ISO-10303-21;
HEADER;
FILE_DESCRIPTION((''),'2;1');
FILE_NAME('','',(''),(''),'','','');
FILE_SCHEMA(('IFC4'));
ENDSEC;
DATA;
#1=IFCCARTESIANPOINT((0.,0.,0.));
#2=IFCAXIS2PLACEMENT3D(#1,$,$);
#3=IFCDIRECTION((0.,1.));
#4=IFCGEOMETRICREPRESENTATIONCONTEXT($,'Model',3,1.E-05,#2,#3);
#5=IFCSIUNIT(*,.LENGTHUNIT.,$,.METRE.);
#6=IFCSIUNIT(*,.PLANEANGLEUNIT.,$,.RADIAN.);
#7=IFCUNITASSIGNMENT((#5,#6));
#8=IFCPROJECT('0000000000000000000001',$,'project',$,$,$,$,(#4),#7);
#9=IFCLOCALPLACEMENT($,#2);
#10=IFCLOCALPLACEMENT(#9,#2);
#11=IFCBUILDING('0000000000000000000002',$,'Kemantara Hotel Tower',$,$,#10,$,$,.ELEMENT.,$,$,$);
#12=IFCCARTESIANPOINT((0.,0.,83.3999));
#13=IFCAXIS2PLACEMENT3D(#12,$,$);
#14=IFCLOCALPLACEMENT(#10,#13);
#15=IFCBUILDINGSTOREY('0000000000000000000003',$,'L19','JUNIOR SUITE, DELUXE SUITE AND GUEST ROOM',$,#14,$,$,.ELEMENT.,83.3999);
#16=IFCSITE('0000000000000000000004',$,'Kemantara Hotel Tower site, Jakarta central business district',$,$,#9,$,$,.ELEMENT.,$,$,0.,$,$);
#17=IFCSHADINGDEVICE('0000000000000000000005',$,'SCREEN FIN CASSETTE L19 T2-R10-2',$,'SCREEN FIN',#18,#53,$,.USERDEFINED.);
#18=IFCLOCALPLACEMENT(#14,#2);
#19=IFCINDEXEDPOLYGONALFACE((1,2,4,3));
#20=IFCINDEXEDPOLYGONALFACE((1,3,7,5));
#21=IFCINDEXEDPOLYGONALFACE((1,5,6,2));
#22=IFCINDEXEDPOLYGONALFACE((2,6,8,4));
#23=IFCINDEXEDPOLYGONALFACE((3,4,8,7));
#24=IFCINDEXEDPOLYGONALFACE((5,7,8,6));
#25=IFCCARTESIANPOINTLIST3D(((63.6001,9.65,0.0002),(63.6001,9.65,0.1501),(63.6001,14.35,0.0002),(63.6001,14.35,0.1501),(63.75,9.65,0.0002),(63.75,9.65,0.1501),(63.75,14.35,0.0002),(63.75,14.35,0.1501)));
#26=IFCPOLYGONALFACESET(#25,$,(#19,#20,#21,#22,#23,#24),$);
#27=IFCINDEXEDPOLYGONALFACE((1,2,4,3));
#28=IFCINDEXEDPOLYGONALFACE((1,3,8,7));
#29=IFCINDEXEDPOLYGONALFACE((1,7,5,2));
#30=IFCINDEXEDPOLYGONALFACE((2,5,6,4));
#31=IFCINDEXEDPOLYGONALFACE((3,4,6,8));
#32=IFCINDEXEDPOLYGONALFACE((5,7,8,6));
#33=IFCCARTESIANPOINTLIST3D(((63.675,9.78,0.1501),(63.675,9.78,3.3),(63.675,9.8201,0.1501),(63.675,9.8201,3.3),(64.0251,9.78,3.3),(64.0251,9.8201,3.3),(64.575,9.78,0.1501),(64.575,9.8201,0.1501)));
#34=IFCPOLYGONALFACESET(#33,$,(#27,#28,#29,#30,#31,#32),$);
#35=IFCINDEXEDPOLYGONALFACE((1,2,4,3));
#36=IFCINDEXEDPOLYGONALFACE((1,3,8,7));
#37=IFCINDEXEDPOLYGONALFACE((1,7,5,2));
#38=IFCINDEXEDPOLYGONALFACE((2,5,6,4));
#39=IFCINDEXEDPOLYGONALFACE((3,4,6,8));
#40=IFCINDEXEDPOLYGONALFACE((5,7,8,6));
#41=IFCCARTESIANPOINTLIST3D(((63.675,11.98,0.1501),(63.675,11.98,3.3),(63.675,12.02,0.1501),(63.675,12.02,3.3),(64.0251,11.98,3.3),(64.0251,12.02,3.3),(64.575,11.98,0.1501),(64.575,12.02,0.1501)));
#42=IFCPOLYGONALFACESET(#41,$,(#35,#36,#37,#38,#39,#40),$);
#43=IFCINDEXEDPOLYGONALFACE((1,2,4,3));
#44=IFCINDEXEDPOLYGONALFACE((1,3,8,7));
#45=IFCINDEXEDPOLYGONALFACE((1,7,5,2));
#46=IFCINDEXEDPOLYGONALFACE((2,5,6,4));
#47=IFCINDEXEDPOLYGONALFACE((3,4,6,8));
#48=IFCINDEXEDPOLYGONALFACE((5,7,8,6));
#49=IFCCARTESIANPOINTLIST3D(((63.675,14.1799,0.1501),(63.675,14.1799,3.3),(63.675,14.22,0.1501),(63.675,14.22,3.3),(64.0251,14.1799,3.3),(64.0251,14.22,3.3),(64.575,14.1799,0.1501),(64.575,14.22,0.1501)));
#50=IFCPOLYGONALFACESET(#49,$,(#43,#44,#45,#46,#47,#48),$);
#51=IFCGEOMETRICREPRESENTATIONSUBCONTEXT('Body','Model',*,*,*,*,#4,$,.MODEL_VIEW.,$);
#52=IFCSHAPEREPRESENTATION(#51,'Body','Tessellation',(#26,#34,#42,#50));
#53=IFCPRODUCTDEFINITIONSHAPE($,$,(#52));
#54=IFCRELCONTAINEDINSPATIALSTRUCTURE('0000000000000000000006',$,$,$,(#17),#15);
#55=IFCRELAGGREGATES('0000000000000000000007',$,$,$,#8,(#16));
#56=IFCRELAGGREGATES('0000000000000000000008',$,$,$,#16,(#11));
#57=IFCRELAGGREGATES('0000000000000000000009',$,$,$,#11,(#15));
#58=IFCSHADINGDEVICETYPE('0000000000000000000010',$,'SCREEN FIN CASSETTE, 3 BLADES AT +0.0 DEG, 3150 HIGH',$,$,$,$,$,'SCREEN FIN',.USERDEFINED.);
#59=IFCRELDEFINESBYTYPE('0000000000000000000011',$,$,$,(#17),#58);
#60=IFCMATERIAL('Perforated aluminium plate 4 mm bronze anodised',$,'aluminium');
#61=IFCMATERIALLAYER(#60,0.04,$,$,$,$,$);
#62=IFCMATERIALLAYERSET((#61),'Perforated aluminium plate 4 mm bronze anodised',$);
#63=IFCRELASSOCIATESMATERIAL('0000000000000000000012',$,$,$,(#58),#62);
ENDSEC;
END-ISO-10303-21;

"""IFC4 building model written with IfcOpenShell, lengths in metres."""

from ifc_helpers import new_model, si_unit, direction, frame, origin, origin_2d, place, context, subcontext, project, spatial, polyline, rectangle, outline, extrude, source, transform, mapped, material, layer, layer_set, type_object, element, save


model = new_model("IFC4")

# Units and contexts
model_context = context("Model", 3, precision=1e-05, world=origin(), true_north=direction((0.0, 1.0)))
body_context = subcontext(model_context, "Body", "Model", "MODEL_VIEW")
ifc_project = project(units=[si_unit("LENGTHUNIT", "METRE"), si_unit("PLANEANGLEUNIT", "RADIAN")], contexts=[model_context])

# Site, building, storey
site_placement = place(None, origin())
site = spatial("IfcSite", under=ifc_project, at=site_placement, Name="Kemantara Hotel Tower site, Jakarta central business district", CompositionType="ELEMENT", RefElevation=0.0)
building_placement = place(site_placement, origin())
building = spatial("IfcBuilding", under=site, at=building_placement, Name="Kemantara Hotel Tower", CompositionType="ELEMENT")
storey_placement = place(building_placement, frame((0.0, 0.0, 83.3999)))
storey = spatial("IfcBuildingStorey", under=building, at=storey_placement, Name="L19", Description="JUNIOR SUITE, DELUXE SUITE AND GUEST ROOM", CompositionType="ELEMENT", Elevation=83.3999)

# Shading device
ifc_material_1 = material(Name="Perforated aluminium plate 4 mm bronze anodised", Category="aluminium")
ifc_layer_1 = layer(ifc_material_1, 0.04)
ifc_layer_set_1 = layer_set([ifc_layer_1], Name="Perforated aluminium plate 4 mm bronze anodised")
shading_device_type_1 = type_object("IfcShadingDeviceType", Name="SCREEN FIN CASSETTE, 3 BLADES AT +0.0 DEG, 3150 HIGH", ElementType="SCREEN FIN", PredefinedType="USERDEFINED", material=ifc_layer_set_1)
shared_shape_1 = source(origin(), body_context, "Body", "SweptSolid", [
    extrude(rectangle(XDim=4.7, YDim=0.1499, at=origin_2d()), frame((2.2, -0.075, -0.1499), z_axis=(0.0, 0.0, 1.0), x_axis=(1.0, 0.0, 0.0)), (0.0, 0.0, 1.0), 0.1499),
    extrude(outline(polyline([(0.0, 0.0), (0.8999, 0.0), (0.3501, 3.1499), (0.0, 3.1499), (0.0, 0.0)])), frame((0.02, -0.075, 0.0), z_axis=(-1.0, 0.0, 0.0), x_axis=(0.0, -1.0, 0.0)), (0.0, 0.0, 1.0), 0.04),
    extrude(outline(polyline([(0.0, 0.0), (0.8999, 0.0), (0.3501, 3.1499), (0.0, 3.1499), (0.0, 0.0)])), frame((2.22, -0.075, 0.0), z_axis=(-1.0, 0.0, 0.0), x_axis=(0.0, -1.0, 0.0)), (0.0, 0.0, 1.0), 0.04),
    extrude(outline(polyline([(0.0, 0.0), (0.8999, 0.0), (0.3501, 3.1499), (0.0, 3.1499), (0.0, 0.0)])), frame((4.4199, -0.075, 0.0), z_axis=(-1.0, 0.0, 0.0), x_axis=(0.0, -1.0, 0.0)), (0.0, 0.0, 1.0), 0.04),
])
shading_device_1_placement = place(storey_placement, frame((63.6001, 9.8, 0.1501), z_axis=(0.0, 0.0, 1.0), x_axis=(0.0, 1.0, 0.0)))
element("IfcShadingDevice", 1, at=shading_device_1_placement, inside=storey, type_object=shading_device_type_1, Name="SCREEN FIN CASSETTE L19 T2-R10-2", ObjectType="SCREEN FIN", PredefinedType="USERDEFINED", context=body_context, shape_type="MappedRepresentation", body=[
    mapped(shared_shape_1, transform((0.0, 0.0, 0.0))),
])

save(model, "model.ifc")
